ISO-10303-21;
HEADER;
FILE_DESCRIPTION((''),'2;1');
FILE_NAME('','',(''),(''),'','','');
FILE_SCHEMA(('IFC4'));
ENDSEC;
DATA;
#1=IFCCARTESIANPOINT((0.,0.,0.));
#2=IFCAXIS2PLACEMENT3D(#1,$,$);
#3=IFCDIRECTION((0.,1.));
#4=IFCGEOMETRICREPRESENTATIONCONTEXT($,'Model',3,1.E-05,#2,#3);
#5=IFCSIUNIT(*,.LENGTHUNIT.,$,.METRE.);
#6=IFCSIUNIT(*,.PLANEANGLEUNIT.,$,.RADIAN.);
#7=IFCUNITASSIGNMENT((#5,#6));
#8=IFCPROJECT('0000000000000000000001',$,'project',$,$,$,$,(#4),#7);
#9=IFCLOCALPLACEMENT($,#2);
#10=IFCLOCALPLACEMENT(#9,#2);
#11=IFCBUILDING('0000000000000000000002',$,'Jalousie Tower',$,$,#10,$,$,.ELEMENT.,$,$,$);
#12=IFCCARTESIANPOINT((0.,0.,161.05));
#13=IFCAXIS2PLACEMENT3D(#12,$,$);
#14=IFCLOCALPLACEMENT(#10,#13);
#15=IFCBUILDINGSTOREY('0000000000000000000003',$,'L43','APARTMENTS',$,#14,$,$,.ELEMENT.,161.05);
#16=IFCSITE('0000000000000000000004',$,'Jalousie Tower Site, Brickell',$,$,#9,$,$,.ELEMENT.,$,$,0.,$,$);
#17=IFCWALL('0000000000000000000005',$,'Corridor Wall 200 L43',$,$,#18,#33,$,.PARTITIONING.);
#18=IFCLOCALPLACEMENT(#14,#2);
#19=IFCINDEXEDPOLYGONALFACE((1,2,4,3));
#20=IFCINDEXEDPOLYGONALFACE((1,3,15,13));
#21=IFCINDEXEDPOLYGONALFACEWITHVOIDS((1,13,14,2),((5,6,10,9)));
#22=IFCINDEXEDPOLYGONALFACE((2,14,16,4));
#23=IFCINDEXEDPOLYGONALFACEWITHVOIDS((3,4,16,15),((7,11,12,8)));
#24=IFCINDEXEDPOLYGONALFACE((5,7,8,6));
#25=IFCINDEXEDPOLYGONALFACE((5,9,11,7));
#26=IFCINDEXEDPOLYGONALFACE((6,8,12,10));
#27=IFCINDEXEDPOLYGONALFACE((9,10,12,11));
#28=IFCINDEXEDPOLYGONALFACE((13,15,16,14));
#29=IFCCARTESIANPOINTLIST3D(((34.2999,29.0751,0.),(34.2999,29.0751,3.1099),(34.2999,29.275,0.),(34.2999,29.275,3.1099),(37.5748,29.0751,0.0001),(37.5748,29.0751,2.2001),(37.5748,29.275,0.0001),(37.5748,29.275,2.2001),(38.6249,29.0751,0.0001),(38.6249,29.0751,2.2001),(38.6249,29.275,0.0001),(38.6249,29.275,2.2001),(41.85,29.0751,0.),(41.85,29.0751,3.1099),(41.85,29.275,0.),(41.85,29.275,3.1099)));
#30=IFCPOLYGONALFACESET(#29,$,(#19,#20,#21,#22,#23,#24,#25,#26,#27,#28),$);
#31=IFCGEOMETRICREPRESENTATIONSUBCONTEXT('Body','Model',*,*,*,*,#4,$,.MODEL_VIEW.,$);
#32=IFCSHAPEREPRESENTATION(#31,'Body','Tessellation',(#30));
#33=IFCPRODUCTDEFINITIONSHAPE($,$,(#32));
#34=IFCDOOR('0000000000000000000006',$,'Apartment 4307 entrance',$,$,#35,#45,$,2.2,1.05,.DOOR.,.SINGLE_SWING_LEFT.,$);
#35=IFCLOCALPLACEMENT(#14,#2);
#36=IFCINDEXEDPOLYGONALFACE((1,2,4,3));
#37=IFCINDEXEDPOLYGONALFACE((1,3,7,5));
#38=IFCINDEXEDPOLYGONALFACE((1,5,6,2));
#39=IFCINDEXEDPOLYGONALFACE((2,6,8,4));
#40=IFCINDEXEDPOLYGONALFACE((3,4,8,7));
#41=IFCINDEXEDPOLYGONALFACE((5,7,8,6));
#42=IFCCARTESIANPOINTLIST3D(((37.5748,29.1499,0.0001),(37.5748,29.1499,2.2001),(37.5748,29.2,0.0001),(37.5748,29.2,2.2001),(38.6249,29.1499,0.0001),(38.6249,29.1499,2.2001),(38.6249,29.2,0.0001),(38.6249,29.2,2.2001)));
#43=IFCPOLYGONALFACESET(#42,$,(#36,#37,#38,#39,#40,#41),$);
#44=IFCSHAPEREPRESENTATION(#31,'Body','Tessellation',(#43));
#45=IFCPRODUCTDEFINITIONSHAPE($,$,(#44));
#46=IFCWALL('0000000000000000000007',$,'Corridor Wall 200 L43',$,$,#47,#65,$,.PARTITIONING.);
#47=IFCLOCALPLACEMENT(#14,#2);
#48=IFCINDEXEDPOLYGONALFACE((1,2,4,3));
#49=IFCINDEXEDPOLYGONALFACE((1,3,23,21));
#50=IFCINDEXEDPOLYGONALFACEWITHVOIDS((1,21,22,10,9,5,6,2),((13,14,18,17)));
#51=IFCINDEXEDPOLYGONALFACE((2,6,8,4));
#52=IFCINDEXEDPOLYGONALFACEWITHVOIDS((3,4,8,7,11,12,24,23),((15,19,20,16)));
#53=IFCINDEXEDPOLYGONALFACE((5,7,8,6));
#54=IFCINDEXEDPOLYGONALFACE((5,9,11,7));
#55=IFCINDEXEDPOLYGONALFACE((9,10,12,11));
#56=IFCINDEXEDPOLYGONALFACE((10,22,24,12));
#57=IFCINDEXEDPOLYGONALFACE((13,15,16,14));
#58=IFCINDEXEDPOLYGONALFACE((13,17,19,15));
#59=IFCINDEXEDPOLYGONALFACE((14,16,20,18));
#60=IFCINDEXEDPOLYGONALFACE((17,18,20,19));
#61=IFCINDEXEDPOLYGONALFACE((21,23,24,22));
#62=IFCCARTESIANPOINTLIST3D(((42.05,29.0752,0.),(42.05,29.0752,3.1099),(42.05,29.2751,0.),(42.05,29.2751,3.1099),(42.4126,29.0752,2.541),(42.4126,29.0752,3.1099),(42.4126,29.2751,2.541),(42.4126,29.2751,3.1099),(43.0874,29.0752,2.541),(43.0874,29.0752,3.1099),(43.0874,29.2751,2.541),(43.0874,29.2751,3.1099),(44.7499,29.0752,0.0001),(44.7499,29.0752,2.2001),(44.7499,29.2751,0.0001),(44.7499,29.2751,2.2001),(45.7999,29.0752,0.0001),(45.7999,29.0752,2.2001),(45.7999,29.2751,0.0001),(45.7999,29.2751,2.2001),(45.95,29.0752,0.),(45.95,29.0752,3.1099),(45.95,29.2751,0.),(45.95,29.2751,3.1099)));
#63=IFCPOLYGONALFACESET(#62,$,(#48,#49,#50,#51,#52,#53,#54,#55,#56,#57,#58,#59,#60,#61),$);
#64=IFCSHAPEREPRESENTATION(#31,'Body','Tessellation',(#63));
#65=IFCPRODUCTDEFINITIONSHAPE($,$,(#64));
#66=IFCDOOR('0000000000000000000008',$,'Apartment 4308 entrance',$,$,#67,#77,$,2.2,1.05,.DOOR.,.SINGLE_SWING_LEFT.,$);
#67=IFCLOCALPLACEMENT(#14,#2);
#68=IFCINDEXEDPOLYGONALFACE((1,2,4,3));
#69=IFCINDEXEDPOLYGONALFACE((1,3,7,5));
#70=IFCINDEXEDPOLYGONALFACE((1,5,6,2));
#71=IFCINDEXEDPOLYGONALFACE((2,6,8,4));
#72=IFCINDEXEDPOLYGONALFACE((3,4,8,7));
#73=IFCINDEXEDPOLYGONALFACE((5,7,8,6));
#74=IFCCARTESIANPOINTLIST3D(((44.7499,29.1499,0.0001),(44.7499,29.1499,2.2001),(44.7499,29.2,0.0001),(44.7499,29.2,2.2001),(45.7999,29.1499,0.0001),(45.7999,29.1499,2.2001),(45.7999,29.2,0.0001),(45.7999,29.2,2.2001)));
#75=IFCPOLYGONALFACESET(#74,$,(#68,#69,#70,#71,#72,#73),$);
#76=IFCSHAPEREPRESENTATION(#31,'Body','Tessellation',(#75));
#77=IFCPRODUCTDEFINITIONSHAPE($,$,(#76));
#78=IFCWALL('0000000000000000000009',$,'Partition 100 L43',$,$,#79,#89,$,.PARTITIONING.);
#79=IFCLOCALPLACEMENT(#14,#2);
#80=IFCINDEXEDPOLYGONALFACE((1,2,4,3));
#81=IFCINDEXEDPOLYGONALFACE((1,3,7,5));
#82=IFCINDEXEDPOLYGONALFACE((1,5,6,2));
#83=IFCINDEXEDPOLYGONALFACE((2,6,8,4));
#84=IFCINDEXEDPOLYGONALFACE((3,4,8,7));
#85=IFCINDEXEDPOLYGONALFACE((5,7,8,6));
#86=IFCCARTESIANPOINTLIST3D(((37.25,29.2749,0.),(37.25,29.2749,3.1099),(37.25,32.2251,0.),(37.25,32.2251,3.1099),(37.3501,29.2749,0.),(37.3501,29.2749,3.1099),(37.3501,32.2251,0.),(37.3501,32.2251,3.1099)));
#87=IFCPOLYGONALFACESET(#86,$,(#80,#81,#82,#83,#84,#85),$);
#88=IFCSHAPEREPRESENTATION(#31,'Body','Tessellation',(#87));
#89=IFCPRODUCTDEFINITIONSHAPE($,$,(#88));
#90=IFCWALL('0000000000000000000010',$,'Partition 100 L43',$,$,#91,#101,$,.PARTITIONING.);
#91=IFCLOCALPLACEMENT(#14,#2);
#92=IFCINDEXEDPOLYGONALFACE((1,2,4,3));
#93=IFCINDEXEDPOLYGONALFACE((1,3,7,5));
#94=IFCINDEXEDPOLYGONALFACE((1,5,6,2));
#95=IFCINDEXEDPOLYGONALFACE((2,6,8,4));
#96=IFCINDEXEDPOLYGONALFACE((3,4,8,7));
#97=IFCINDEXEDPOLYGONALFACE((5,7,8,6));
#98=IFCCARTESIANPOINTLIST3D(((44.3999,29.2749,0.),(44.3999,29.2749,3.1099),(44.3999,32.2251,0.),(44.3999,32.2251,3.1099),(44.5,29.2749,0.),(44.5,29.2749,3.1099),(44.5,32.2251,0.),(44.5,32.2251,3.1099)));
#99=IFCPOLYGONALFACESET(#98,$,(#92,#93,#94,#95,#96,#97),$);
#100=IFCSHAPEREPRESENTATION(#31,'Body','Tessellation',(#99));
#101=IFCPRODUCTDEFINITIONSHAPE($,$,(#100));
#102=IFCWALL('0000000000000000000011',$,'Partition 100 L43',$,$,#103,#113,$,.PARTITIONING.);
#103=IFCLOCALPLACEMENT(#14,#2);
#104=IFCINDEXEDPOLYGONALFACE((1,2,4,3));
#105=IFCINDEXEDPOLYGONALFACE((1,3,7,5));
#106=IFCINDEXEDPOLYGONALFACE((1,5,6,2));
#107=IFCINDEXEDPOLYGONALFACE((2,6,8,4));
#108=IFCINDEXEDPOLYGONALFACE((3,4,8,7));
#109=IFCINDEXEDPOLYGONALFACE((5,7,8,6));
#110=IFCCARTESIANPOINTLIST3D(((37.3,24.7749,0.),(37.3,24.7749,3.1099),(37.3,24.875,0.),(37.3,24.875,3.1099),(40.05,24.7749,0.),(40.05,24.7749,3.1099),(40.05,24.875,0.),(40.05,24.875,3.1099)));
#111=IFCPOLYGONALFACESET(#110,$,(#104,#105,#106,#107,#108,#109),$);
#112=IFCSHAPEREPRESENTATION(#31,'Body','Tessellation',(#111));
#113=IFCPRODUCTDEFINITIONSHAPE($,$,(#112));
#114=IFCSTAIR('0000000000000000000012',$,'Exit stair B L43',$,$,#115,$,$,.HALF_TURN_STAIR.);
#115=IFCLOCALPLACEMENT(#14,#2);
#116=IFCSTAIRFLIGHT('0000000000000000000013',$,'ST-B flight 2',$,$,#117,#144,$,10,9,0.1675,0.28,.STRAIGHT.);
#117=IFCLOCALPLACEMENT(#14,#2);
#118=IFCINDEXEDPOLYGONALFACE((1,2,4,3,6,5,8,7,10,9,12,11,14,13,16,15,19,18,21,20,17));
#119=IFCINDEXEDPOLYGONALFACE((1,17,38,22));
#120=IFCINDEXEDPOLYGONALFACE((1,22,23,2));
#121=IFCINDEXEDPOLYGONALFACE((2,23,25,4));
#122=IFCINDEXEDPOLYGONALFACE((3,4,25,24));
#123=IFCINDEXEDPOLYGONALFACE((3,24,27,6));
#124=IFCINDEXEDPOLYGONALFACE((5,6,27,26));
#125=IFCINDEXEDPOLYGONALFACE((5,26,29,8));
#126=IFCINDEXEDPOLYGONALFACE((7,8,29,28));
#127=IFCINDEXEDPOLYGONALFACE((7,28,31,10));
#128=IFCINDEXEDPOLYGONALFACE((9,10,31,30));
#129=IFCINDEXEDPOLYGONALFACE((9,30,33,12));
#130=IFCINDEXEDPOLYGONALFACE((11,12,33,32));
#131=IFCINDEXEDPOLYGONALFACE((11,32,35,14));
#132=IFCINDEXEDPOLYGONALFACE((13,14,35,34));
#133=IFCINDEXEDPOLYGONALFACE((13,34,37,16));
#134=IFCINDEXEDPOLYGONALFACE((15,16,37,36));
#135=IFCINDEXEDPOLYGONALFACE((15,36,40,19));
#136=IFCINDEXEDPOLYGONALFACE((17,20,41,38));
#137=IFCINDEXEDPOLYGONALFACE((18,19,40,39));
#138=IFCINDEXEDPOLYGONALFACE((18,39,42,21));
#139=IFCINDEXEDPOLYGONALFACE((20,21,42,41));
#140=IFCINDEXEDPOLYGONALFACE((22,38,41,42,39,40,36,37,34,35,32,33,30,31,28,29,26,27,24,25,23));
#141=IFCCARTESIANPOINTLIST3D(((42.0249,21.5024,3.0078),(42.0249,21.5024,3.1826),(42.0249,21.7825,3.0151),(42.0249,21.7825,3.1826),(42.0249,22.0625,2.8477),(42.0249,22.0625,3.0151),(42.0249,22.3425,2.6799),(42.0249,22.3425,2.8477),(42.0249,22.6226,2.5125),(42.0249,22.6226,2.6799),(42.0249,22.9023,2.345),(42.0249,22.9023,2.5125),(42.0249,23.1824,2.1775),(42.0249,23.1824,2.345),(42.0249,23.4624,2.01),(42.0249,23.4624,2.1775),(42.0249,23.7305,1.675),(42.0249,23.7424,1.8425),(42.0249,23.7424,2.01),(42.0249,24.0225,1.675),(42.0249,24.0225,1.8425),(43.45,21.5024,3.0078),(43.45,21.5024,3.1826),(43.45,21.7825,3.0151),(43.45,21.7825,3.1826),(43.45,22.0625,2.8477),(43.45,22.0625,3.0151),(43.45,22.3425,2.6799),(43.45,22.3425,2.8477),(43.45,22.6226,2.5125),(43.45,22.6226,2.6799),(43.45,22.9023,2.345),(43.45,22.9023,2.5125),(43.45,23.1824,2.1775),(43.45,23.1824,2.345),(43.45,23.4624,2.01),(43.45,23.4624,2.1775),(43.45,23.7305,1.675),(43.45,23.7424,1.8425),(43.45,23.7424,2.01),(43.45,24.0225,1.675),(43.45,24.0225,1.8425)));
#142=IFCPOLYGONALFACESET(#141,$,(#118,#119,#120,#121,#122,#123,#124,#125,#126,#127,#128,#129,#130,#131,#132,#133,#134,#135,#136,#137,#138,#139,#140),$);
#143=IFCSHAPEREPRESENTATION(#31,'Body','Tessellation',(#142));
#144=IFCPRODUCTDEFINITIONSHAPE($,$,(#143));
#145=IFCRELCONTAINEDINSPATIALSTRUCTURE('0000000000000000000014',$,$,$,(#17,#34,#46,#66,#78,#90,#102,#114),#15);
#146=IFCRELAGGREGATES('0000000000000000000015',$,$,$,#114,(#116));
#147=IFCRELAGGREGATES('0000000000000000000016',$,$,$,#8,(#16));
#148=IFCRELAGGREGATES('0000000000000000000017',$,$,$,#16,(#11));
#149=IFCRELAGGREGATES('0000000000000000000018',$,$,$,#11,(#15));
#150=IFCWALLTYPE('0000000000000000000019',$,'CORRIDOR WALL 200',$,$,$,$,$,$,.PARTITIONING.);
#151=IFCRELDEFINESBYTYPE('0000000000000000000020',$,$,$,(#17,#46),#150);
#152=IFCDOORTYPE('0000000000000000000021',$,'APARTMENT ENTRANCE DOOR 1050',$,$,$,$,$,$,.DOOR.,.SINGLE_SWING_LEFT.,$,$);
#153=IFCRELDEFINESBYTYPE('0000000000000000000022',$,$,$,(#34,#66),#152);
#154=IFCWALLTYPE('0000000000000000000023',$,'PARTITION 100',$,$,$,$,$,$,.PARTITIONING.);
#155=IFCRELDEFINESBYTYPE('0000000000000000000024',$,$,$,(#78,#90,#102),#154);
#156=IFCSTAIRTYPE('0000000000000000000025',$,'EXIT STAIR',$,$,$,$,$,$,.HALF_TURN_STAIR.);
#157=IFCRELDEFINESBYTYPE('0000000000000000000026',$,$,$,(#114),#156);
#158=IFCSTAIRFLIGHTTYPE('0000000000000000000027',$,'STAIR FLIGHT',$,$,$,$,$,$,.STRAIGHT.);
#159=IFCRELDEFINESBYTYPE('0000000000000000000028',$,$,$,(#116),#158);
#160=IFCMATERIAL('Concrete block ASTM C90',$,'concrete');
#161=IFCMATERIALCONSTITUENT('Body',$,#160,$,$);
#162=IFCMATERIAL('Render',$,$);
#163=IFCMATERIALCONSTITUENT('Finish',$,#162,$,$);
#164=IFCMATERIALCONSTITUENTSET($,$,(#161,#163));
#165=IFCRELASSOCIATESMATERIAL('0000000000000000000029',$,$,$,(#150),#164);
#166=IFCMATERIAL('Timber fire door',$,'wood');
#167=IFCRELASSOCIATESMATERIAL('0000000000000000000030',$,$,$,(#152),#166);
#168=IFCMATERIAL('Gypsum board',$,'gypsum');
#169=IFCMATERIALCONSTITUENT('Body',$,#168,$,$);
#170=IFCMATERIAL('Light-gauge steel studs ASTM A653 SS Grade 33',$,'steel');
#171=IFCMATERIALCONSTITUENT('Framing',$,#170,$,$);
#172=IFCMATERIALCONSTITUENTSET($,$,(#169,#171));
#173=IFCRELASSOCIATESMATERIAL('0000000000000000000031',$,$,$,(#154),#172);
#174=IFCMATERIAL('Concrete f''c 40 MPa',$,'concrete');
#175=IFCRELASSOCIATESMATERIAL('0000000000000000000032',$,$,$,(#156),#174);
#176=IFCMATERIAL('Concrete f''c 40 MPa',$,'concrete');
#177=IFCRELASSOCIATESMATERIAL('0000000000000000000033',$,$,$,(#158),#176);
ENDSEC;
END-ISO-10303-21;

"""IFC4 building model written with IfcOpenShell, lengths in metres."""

from ifc_helpers import new_model, si_unit, direction, frame, frame_2d, origin, place, context, subcontext, project, spatial, polyline, rectangle, outline, extrude, material, constituent, constituent_set, type_object, element, fill, aggregate, save


model = new_model("IFC4")

# Units and contexts
model_context = context("Model", 3, precision=1e-05, world=origin(), true_north=direction((0.0, 1.0)))
body_context = subcontext(model_context, "Body", "Model", "MODEL_VIEW")
ifc_project = project(units=[si_unit("LENGTHUNIT", "METRE"), si_unit("PLANEANGLEUNIT", "RADIAN")], contexts=[model_context])

# Site, building, storey
site_placement = place(None, origin())
site = spatial("IfcSite", under=ifc_project, at=site_placement, Name="Jalousie Tower Site, Brickell", CompositionType="ELEMENT", RefElevation=0.0)
building_placement = place(site_placement, origin())
building = spatial("IfcBuilding", under=site, at=building_placement, Name="Jalousie Tower", CompositionType="ELEMENT")
storey_placement = place(building_placement, frame((0.0, 0.0, 161.05)))
storey = spatial("IfcBuildingStorey", under=building, at=storey_placement, Name="L43", Description="APARTMENTS", CompositionType="ELEMENT", Elevation=161.05)

# Walls, openings, doors
ifc_material_1 = material(Name="Concrete block ASTM C90", Category="concrete")
ifc_constituent_1 = constituent(ifc_material_1, Name="Body")
ifc_material_2 = material(Name="Render")
ifc_constituent_2 = constituent(ifc_material_2, Name="Finish")
ifc_constituent_set_1 = constituent_set(constituents=[ifc_constituent_1, ifc_constituent_2])
wall_type_1 = type_object("IfcWallType", Name="CORRIDOR WALL 200", PredefinedType="PARTITIONING", material=ifc_constituent_set_1)
wall_1_placement = place(storey_placement, frame((34.3, 29.175, 0.0), z_axis=(0.0, 0.0, 1.0), x_axis=(1.0, 0.0, 0.0)))
wall_1 = element("IfcWall", 1, at=wall_1_placement, inside=storey, type_object=wall_type_1, Name="Corridor Wall 200 L43", PredefinedType="PARTITIONING", context=body_context, shape_type="SweptSolid", body=[
    extrude(rectangle(XDim=7.55, YDim=0.2, at=frame_2d((3.7749, 0.0))), origin(), (0.0, 0.0, 1.0), 3.1099),
])
opening_1_placement = place(wall_1_placement, frame((3.2749, 0.0, 0.0)))
opening_1 = element("IfcOpeningElement", 2, at=opening_1_placement, cuts=wall_1, PredefinedType="OPENING", context=body_context, shape_type="SweptSolid", body=[
    extrude(rectangle(XDim=1.05, YDim=2.2, at=frame_2d((0.5249, 1.1001))), frame((0.0, 0.1099, 0.0), z_axis=(0.0, -1.0, 0.0), x_axis=(1.0, 0.0, 0.0)), (0.0, 0.0, 1.0), 0.22),
])
ifc_material_3 = material(Name="Timber fire door", Category="wood")
door_type_1 = type_object("IfcDoorType", Name="APARTMENT ENTRANCE DOOR 1050", OperationType="SINGLE_SWING_LEFT", PredefinedType="DOOR", material=ifc_material_3)
door_1_placement = place(opening_1_placement, origin())
door_1 = element("IfcDoor", 3, at=door_1_placement, inside=storey, type_object=door_type_1, Name="Apartment 4307 entrance", OperationType="SINGLE_SWING_LEFT", OverallHeight=2.2, OverallWidth=1.05, PredefinedType="DOOR", context=body_context, shape_type="SweptSolid", body=[
    extrude(rectangle(XDim=1.05, YDim=2.2, at=frame_2d((0.5249, 1.1001))), frame((0.0, 0.0249, 0.0), z_axis=(0.0, -1.0, 0.0), x_axis=(1.0, 0.0, 0.0)), (0.0, 0.0, 1.0), 0.05),
])
fill(opening_1, door_1)
wall_2_placement = place(storey_placement, frame((42.05, 29.175, 0.0), z_axis=(0.0, 0.0, 1.0), x_axis=(1.0, 0.0, 0.0)))
wall_2 = element("IfcWall", 4, at=wall_2_placement, inside=storey, type_object=wall_type_1, Name="Corridor Wall 200 L43", PredefinedType="PARTITIONING", context=body_context, shape_type="SweptSolid", body=[
    extrude(outline(polyline([(0.0, 0.0), (3.8999, 0.0), (3.8999, 3.1099), (1.0374, 3.1099), (1.0374, 2.541), (0.3625, 2.541), (0.3625, 3.1099), (0.0, 3.1099), (0.0, 0.0)])), frame((0.0, 0.1001, 0.0), z_axis=(0.0, -1.0, 0.0), x_axis=(1.0, 0.0, 0.0)), (0.0, 0.0, 1.0), 0.2),
])
opening_2_placement = place(wall_2_placement, frame((2.7, 0.0, 0.0)))
opening_2 = element("IfcOpeningElement", 5, at=opening_2_placement, cuts=wall_2, PredefinedType="OPENING", context=body_context, shape_type="SweptSolid", body=[
    extrude(rectangle(XDim=1.05, YDim=2.2, at=frame_2d((0.5249, 1.1001))), frame((0.0, 0.1099, 0.0), z_axis=(0.0, -1.0, 0.0), x_axis=(1.0, 0.0, 0.0)), (0.0, 0.0, 1.0), 0.22),
])
door_2_placement = place(opening_2_placement, origin())
door_2 = element("IfcDoor", 6, at=door_2_placement, inside=storey, type_object=door_type_1, Name="Apartment 4308 entrance", OperationType="SINGLE_SWING_LEFT", OverallHeight=2.2, OverallWidth=1.05, PredefinedType="DOOR", context=body_context, shape_type="SweptSolid", body=[
    extrude(rectangle(XDim=1.05, YDim=2.2, at=frame_2d((0.5249, 1.1001))), frame((0.0, 0.0249, 0.0), z_axis=(0.0, -1.0, 0.0), x_axis=(1.0, 0.0, 0.0)), (0.0, 0.0, 1.0), 0.05),
])
fill(opening_2, door_2)

# Walls
ifc_material_4 = material(Name="Gypsum board", Category="gypsum")
ifc_constituent_3 = constituent(ifc_material_4, Name="Body")
ifc_material_5 = material(Name="Light-gauge steel studs ASTM A653 SS Grade 33", Category="steel")
ifc_constituent_4 = constituent(ifc_material_5, Name="Framing")
ifc_constituent_set_2 = constituent_set(constituents=[ifc_constituent_3, ifc_constituent_4])
wall_type_2 = type_object("IfcWallType", Name="PARTITION 100", PredefinedType="PARTITIONING", material=ifc_constituent_set_2)
for number, where, z_axis, x_axis, name in (
    (7, (37.3, 32.2251, 0.0), (0.0, 0.0, 1.0), (0.0, -1.0, 0.0), "Partition 100 L43"),
    (8, (44.45, 32.2251, 0.0), (0.0, 0.0, 1.0), (0.0, -1.0, 0.0), "Partition 100 L43"),
):
    element("IfcWall", number, at=place(storey_placement, frame(where, z_axis=z_axis, x_axis=x_axis)), inside=storey, type_object=wall_type_2, Name=name, PredefinedType="PARTITIONING", context=body_context, shape_type="SweptSolid", body=[
        extrude(rectangle(XDim=2.9502, YDim=0.1001, at=frame_2d((1.4751, 0.0))), origin(), (0.0, 0.0, 1.0), 3.1099),
    ])
wall_3_placement = place(storey_placement, frame((37.3, 24.825, 0.0), z_axis=(0.0, 0.0, 1.0), x_axis=(1.0, 0.0, 0.0)))
element("IfcWall", 9, at=wall_3_placement, inside=storey, type_object=wall_type_2, Name="Partition 100 L43", PredefinedType="PARTITIONING", context=body_context, shape_type="SweptSolid", body=[
    extrude(rectangle(XDim=2.75, YDim=0.1001, at=frame_2d((1.375, 0.0))), origin(), (0.0, 0.0, 1.0), 3.1099),
])

# Stair, stair flight
ifc_material_6 = material(Name="Concrete f'c 40 MPa", Category="concrete")
stair_type = type_object("IfcStairType", Name="EXIT STAIR", PredefinedType="HALF_TURN_STAIR", material=ifc_material_6)
stair_placement = place(storey_placement, origin())
stair = element("IfcStair", 10, at=stair_placement, inside=storey, type_object=stair_type, Name="Exit stair B L43", PredefinedType="HALF_TURN_STAIR")
ifc_material_7 = material(Name="Concrete f'c 40 MPa", Category="concrete")
stair_flight_type = type_object("IfcStairFlightType", Name="STAIR FLIGHT", PredefinedType="STRAIGHT", material=ifc_material_7)
stair_flight_placement = place(storey_placement, frame((42.7375, 24.0225, 1.675), z_axis=(0.0, 0.0, 1.0), x_axis=(0.0, -1.0, 0.0)))
stair_flight = element("IfcStairFlight", 11, at=stair_flight_placement, type_object=stair_flight_type, Name="ST-B flight 2", NumberOfRisers=10, NumberOfTreads=9, PredefinedType="STRAIGHT", RiserHeight=0.1675, TreadLength=0.28, context=body_context, shape_type="SweptSolid", body=[
    extrude(outline(polyline([(0.0, 0.0), (0.0, 0.1675), (0.28, 0.1675), (0.28, 0.335), (0.5601, 0.335), (0.5601, 0.5024), (0.8401, 0.5024), (0.8401, 0.6699), (1.1201, 0.6699), (1.1201, 0.8374), (1.3999, 0.8374), (1.3999, 1.0049), (1.6799, 1.0049), (1.6799, 1.1726), (1.96, 1.1726), (1.96, 1.3401), (2.24, 1.3401), (2.24, 1.5076), (2.52, 1.5076), (2.52, 1.675), (2.52, 1.3328), (0.292, 0.0), (0.0, 0.0)])), frame((0.0, 0.7124, 0.0), z_axis=(0.0, -1.0, 0.0), x_axis=(1.0, 0.0, 0.0)), (0.0, 0.0, 1.0), 1.425),
])
aggregate(stair, [stair_flight])

save(model, "model.ifc")
